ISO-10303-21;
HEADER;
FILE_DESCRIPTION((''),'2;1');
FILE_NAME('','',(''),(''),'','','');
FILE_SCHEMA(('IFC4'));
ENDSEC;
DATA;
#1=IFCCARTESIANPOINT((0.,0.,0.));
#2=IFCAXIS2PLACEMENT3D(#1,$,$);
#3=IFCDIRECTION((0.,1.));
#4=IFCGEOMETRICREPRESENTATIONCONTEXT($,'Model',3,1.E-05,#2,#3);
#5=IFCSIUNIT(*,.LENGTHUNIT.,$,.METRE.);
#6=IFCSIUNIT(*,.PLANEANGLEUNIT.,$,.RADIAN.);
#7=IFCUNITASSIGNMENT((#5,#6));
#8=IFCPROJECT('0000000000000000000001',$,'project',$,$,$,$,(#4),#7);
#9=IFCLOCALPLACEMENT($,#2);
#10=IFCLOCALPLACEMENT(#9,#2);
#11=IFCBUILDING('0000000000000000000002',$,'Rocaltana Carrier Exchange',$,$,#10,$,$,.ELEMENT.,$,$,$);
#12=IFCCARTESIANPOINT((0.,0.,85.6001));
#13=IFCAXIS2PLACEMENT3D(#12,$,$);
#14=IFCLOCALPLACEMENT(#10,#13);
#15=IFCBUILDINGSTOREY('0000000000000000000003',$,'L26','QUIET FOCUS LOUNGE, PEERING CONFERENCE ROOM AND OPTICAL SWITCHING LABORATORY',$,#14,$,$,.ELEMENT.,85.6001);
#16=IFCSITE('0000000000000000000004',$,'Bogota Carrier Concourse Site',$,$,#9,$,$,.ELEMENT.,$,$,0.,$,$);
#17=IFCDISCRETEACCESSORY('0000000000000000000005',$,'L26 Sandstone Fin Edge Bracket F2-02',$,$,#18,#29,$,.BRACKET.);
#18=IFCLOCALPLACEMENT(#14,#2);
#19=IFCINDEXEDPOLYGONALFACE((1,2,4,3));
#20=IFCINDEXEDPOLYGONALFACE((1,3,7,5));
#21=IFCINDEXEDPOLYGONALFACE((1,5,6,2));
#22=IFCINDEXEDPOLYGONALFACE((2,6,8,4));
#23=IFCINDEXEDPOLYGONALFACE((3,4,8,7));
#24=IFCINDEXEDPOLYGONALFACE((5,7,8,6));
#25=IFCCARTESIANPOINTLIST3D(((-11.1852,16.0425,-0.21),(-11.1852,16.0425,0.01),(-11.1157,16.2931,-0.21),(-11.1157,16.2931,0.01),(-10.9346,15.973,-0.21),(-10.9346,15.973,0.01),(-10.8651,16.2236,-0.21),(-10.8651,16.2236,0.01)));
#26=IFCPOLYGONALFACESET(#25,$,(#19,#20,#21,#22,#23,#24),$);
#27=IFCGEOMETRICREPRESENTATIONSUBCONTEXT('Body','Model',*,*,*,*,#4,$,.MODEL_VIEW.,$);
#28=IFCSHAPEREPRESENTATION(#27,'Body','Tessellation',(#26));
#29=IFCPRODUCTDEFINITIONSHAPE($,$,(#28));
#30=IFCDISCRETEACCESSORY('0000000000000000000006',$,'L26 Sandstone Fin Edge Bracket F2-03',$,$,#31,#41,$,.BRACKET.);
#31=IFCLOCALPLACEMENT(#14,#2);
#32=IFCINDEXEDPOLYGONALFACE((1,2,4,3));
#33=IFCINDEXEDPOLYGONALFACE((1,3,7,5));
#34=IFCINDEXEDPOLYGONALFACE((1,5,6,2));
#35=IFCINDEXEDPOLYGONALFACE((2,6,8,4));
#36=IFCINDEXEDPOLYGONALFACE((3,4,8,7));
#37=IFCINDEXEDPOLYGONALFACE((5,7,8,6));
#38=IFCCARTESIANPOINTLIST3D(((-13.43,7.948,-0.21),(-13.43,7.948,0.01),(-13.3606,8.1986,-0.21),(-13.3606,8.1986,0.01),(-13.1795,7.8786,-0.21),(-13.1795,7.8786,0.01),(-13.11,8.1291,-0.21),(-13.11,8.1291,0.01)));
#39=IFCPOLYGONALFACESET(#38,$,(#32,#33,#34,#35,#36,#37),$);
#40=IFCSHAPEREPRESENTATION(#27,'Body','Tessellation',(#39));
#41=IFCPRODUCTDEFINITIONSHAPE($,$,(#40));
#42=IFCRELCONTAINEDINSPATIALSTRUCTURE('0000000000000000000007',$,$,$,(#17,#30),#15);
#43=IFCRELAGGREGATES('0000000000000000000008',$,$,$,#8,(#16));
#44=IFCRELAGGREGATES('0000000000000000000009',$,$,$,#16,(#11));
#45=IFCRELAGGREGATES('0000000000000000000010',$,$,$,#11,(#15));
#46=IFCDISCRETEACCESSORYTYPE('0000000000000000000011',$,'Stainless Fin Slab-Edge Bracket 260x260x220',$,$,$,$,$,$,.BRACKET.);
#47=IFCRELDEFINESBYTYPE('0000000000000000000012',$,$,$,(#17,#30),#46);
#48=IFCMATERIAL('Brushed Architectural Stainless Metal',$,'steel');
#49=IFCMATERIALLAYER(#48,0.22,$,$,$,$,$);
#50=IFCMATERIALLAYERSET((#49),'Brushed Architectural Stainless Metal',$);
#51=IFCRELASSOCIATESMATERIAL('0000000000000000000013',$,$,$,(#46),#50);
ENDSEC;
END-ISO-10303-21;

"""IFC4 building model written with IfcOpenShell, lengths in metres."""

from ifc_helpers import new_model, si_unit, direction, frame, origin, origin_2d, place, context, subcontext, project, spatial, rectangle, extrude, material, layer, layer_set, type_object, element, save


model = new_model("IFC4")

# Units and contexts
model_context = context("Model", 3, precision=1e-05, world=origin(), true_north=direction((0.0, 1.0)))
body_context = subcontext(model_context, "Body", "Model", "MODEL_VIEW")
ifc_project = project(units=[si_unit("LENGTHUNIT", "METRE"), si_unit("PLANEANGLEUNIT", "RADIAN")], contexts=[model_context])

# Site, building, storey
site_placement = place(None, origin())
site = spatial("IfcSite", under=ifc_project, at=site_placement, Name="Bogota Carrier Concourse Site", CompositionType="ELEMENT", RefElevation=0.0)
building_placement = place(site_placement, origin())
building = spatial("IfcBuilding", under=site, at=building_placement, Name="Rocaltana Carrier Exchange", CompositionType="ELEMENT")
storey_placement = place(building_placement, frame((0.0, 0.0, 85.6001)))
storey = spatial("IfcBuildingStorey", under=building, at=storey_placement, Name="L26", Description="QUIET FOCUS LOUNGE, PEERING CONFERENCE ROOM AND OPTICAL SWITCHING LABORATORY", CompositionType="ELEMENT", Elevation=85.6001)

# Discrete accessories
ifc_material_1 = material(Name="Brushed Architectural Stainless Metal", Category="steel")
ifc_layer_1 = layer(ifc_material_1, 0.22)
ifc_layer_set_1 = layer_set([ifc_layer_1], Name="Brushed Architectural Stainless Metal")
discrete_accessory_type = type_object("IfcDiscreteAccessoryType", Name="Stainless Fin Slab-Edge Bracket 260x260x220", PredefinedType="BRACKET", material=ifc_layer_set_1)
for number, where, z_axis, x_axis, name in (
    (1, (-11.0251, 16.1331, -0.21), (0.0, 0.0, 1.0), (-0.267238, -0.96363, 0.0), "L26 Sandstone Fin Edge Bracket F2-02"),
    (2, (-13.27, 8.0386, -0.21), (0.0, 0.0, 1.0), (-0.267238, -0.96363, 0.0), "L26 Sandstone Fin Edge Bracket F2-03"),
):
    element("IfcDiscreteAccessory", number, at=place(storey_placement, frame(where, z_axis=z_axis, x_axis=x_axis)), inside=storey, type_object=discrete_accessory_type, Name=name, PredefinedType="BRACKET", context=body_context, shape_type="SweptSolid", body=[
        extrude(rectangle(XDim=0.26, YDim=0.26, at=origin_2d()), origin(), (0.0, 0.0, 1.0), 0.22),
    ])

save(model, "model.ifc")
